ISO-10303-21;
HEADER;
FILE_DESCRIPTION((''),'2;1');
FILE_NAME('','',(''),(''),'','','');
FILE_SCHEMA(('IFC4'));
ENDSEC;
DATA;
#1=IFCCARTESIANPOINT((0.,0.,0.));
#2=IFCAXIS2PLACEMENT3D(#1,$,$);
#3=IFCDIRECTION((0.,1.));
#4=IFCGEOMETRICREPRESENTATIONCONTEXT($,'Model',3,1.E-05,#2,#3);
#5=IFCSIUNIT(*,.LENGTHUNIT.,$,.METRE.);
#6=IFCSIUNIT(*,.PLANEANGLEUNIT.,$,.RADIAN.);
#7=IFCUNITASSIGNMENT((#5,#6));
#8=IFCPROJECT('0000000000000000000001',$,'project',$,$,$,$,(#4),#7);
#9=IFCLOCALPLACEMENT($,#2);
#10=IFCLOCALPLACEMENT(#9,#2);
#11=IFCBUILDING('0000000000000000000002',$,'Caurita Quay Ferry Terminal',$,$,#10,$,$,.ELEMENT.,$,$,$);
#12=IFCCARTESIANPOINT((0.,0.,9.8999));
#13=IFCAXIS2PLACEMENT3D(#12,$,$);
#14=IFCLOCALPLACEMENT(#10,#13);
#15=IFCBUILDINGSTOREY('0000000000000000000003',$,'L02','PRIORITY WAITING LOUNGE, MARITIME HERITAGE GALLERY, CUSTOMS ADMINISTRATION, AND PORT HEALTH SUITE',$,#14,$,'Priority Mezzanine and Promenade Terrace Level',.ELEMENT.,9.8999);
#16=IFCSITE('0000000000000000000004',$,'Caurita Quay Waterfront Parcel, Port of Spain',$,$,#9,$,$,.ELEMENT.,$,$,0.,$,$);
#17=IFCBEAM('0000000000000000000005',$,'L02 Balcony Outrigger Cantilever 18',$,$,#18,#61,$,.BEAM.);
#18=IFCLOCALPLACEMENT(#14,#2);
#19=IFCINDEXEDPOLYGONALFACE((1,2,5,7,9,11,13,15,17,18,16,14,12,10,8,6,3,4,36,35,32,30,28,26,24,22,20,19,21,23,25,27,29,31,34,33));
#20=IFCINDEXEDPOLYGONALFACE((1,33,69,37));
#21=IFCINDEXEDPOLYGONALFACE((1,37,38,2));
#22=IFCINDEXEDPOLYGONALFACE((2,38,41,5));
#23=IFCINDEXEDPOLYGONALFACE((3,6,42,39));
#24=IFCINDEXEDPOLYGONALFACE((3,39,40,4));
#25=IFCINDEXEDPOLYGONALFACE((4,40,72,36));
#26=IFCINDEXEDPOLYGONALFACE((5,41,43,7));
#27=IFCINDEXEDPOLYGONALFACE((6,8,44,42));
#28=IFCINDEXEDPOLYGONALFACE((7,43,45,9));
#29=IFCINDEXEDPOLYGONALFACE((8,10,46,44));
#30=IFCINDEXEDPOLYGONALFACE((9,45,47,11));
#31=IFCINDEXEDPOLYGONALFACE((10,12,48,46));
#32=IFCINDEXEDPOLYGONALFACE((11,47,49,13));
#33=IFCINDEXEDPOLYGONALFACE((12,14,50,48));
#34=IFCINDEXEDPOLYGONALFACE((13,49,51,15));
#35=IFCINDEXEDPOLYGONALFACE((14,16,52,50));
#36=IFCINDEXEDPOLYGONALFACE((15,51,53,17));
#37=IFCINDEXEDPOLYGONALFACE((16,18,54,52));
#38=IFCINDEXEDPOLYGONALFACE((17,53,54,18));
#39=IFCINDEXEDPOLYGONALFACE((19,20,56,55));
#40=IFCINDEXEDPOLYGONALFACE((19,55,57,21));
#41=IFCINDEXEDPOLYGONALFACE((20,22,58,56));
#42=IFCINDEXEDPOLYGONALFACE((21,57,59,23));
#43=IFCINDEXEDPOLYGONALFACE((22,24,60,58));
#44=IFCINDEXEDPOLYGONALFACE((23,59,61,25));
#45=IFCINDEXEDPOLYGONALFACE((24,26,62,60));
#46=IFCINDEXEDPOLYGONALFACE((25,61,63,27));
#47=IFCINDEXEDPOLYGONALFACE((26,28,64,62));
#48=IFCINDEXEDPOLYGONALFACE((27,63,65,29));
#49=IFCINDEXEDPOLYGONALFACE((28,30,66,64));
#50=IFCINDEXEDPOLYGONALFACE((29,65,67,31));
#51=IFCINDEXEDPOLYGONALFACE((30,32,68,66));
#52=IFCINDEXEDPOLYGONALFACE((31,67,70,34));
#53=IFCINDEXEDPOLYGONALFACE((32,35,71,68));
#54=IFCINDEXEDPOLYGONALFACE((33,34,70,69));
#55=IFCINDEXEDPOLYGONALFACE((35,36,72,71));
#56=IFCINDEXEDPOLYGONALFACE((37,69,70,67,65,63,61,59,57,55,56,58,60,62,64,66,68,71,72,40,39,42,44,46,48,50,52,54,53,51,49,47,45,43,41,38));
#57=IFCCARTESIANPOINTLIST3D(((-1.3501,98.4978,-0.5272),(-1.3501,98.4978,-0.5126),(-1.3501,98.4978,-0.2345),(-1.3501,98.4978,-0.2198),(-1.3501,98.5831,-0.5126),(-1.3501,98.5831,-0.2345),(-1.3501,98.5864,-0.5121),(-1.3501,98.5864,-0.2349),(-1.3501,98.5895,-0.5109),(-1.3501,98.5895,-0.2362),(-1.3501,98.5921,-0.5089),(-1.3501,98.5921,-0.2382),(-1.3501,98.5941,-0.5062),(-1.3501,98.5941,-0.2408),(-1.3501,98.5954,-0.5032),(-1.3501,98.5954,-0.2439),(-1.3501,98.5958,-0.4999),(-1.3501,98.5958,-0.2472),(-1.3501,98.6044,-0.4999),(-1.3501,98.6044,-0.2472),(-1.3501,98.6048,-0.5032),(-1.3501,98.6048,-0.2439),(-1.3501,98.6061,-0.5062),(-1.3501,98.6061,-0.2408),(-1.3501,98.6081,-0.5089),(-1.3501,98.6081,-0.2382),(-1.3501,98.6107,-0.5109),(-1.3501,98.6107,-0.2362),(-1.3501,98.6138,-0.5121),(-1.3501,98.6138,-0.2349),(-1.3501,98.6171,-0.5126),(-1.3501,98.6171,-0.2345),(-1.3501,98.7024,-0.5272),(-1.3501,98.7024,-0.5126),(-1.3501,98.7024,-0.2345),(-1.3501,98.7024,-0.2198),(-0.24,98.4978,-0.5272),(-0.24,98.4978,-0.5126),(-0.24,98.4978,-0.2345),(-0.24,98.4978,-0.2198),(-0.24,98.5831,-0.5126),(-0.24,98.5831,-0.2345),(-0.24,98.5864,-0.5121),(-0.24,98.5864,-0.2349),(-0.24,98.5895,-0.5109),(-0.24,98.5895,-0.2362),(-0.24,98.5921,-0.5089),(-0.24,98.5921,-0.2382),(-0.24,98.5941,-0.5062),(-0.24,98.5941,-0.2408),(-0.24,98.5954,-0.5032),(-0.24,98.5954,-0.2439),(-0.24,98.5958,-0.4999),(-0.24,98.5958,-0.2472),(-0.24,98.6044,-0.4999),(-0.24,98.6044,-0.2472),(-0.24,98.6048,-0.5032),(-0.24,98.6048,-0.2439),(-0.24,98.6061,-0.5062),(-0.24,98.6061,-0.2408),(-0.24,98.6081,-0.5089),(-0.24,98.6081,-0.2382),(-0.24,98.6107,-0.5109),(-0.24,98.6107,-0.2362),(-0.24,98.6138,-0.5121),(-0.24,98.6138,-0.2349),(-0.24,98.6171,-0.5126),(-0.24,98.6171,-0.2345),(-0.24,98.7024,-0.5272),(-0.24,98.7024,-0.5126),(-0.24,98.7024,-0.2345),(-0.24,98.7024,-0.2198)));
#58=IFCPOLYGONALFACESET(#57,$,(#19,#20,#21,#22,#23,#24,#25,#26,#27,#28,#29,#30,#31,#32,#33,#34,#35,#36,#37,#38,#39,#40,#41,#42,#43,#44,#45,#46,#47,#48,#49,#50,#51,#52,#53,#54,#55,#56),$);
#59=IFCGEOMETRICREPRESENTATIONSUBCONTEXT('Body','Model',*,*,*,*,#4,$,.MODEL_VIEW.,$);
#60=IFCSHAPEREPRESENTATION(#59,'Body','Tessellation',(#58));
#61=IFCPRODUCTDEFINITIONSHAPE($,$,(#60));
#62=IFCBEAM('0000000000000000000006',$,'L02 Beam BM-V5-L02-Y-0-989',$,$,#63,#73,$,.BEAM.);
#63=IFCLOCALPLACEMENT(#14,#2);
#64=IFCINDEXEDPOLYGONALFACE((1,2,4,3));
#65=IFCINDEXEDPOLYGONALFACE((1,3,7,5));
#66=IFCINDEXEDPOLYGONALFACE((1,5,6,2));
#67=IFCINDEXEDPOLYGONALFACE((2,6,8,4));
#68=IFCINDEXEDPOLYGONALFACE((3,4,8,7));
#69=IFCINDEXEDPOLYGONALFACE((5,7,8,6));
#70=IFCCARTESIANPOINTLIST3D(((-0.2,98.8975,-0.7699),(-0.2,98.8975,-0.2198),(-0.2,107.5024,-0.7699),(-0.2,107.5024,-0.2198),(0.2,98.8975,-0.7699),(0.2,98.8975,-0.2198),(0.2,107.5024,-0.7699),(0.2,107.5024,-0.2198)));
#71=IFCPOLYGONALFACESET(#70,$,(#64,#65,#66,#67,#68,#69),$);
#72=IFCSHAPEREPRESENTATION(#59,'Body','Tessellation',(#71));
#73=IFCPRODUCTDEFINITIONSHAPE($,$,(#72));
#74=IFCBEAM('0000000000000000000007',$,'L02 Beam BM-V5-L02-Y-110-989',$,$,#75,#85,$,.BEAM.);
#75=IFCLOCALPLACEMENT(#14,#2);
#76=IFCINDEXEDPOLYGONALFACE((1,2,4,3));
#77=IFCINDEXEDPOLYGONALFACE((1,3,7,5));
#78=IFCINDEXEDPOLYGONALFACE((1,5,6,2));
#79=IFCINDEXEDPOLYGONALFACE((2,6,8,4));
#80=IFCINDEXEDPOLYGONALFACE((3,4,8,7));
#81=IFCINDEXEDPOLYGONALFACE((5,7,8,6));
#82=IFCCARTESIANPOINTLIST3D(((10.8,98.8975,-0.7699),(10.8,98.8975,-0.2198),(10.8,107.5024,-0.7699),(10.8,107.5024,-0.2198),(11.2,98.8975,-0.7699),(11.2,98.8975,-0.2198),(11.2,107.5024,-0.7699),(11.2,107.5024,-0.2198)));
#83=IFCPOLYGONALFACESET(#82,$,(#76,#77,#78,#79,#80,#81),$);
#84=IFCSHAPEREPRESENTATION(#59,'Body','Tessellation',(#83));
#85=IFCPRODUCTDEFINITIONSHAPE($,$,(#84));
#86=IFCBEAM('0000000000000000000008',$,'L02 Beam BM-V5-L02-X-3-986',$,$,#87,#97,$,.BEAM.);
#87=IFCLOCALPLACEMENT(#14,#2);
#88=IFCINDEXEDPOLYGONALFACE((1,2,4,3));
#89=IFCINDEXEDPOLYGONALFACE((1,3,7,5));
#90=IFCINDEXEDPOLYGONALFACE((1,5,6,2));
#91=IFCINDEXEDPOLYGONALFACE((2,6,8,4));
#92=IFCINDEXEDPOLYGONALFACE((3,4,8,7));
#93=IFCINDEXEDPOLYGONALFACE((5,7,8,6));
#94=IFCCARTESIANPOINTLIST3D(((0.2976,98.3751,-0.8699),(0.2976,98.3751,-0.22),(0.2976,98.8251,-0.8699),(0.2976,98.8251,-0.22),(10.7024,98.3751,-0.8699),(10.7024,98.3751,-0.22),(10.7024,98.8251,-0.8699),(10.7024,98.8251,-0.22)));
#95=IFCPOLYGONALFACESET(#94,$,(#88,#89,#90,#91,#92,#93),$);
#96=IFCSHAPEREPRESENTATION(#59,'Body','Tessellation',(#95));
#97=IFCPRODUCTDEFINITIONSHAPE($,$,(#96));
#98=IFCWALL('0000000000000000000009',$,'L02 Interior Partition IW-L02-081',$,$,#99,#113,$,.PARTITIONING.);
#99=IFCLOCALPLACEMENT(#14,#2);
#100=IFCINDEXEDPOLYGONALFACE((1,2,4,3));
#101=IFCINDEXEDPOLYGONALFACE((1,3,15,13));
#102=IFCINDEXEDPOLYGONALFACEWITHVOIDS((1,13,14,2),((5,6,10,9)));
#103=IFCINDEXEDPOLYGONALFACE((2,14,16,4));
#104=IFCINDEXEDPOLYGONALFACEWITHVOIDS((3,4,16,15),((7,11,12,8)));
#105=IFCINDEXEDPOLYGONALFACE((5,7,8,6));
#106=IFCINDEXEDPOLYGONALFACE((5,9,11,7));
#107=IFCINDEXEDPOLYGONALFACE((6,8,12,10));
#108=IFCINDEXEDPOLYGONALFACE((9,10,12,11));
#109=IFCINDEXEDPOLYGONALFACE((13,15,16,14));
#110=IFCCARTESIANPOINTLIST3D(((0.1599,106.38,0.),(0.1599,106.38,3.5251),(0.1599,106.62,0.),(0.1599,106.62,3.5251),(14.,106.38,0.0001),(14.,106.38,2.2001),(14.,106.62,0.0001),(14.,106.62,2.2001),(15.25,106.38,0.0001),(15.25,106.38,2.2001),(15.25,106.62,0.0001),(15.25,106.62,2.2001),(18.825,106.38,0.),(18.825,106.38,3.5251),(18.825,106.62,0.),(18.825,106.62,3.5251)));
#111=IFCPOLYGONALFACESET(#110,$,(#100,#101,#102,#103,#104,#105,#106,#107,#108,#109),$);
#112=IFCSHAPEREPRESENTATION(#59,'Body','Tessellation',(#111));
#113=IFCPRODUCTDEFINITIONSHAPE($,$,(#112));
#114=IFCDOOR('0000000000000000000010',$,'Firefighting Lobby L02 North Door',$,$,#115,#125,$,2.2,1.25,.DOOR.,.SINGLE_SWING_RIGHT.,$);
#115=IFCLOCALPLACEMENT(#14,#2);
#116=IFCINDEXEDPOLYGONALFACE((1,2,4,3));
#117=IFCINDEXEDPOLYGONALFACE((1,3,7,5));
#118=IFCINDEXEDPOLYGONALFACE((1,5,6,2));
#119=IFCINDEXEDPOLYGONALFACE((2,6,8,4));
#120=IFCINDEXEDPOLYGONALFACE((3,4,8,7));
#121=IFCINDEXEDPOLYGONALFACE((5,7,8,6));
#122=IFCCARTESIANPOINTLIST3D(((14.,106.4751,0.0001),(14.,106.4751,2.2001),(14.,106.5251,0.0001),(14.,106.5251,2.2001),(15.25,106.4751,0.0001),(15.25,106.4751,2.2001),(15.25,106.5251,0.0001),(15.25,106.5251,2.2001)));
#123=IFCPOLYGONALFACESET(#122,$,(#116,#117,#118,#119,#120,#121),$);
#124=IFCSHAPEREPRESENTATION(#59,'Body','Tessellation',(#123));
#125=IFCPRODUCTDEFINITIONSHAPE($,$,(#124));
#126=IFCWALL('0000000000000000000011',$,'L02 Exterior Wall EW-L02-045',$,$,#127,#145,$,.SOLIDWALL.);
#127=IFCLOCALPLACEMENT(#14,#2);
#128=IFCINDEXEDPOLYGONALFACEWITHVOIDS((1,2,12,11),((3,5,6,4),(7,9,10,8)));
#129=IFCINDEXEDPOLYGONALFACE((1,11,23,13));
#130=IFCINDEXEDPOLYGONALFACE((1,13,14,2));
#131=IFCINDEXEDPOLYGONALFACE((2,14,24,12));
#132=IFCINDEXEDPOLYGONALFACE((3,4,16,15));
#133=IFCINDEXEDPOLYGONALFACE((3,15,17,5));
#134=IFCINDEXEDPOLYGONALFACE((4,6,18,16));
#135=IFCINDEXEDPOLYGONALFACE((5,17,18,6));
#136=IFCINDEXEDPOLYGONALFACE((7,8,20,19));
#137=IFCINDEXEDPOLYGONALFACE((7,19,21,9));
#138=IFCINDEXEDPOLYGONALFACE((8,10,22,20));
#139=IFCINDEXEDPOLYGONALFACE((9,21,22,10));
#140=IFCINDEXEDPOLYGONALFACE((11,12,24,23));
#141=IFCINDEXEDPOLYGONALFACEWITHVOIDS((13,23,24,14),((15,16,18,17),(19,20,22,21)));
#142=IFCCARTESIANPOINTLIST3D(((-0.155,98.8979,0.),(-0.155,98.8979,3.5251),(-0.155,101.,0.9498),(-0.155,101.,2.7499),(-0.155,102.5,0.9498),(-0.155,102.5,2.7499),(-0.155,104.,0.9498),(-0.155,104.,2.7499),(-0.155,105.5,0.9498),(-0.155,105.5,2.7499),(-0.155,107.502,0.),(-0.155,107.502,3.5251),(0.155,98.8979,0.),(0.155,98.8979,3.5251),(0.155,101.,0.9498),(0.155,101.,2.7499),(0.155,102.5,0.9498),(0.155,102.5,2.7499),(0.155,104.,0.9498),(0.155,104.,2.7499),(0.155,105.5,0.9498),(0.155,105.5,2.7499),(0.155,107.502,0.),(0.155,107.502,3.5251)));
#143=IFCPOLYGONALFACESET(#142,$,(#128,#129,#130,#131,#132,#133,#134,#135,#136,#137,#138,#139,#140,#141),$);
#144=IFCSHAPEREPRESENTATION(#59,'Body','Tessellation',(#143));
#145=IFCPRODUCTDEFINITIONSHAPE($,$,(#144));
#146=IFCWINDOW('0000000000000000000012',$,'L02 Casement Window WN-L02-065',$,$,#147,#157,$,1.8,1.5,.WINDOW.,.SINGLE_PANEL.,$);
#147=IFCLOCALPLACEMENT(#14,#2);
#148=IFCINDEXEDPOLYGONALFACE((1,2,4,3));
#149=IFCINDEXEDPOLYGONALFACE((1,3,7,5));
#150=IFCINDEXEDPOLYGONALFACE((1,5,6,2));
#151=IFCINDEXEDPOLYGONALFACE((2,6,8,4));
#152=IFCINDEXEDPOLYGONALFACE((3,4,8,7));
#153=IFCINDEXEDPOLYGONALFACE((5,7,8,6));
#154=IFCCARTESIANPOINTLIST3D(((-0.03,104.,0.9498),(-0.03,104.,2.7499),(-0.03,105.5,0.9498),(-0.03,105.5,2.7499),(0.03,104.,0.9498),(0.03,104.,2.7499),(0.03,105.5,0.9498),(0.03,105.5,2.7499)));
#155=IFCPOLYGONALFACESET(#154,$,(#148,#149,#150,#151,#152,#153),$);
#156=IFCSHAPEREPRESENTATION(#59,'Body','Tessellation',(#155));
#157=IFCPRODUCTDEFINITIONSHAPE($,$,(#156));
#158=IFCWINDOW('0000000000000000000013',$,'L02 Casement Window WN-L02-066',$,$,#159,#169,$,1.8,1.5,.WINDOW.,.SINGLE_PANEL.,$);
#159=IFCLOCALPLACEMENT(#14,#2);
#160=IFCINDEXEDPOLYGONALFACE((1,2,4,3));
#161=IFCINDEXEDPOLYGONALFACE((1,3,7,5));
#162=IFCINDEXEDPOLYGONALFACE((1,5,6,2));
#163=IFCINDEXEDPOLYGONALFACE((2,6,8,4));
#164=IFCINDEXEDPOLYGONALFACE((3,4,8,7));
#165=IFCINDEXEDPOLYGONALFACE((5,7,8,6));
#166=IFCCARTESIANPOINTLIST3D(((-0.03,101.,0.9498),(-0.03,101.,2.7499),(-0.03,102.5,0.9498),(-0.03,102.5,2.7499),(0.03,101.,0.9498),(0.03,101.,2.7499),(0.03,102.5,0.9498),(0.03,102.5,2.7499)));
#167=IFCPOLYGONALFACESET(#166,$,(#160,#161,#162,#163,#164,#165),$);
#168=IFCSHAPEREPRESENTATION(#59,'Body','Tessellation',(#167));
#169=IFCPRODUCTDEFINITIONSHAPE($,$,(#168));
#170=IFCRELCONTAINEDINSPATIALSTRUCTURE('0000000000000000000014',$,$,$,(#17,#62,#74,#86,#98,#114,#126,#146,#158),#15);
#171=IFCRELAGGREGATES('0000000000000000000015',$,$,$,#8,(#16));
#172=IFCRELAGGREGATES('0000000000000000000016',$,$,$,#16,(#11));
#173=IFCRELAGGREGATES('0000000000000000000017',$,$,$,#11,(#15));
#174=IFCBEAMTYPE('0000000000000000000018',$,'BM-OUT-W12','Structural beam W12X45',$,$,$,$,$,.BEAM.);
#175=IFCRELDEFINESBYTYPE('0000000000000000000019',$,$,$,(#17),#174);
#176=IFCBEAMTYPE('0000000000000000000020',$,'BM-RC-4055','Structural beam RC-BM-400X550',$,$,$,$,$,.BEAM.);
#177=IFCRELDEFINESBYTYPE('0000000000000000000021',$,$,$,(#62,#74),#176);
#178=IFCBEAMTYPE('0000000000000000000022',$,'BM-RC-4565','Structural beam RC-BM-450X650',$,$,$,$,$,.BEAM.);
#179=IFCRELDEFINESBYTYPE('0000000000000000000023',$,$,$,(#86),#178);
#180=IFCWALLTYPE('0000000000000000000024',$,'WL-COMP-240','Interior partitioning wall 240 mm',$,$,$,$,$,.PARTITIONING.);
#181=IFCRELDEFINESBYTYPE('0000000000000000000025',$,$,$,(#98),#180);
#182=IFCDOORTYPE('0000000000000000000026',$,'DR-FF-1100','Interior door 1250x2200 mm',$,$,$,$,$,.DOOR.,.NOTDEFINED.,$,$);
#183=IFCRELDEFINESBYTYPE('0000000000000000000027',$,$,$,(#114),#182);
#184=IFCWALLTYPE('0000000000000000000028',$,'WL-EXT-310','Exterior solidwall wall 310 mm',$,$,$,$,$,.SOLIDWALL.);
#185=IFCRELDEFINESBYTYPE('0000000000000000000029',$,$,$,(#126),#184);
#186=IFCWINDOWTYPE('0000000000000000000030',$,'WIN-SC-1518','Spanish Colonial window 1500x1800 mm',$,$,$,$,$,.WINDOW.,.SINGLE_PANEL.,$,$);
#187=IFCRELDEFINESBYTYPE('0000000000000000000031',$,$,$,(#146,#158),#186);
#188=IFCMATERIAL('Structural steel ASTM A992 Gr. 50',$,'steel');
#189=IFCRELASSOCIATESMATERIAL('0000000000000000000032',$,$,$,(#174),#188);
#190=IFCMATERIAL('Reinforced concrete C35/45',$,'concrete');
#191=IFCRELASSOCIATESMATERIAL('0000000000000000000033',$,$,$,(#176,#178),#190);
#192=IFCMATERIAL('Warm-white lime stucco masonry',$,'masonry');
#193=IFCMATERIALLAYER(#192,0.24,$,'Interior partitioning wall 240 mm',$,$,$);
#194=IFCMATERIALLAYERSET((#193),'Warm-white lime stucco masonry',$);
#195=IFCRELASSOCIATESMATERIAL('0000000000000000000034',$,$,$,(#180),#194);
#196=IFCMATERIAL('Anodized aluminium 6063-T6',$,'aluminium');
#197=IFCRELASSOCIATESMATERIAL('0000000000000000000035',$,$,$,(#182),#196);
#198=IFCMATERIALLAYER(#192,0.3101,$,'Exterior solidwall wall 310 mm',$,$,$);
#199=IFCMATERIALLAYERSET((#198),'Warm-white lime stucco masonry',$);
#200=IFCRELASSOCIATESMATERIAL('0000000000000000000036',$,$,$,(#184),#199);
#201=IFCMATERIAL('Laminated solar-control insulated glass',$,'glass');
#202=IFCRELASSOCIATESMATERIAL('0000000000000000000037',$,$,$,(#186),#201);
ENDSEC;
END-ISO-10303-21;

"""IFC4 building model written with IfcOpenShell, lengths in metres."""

from ifc_helpers import new_model, si_unit, direction, frame, frame_2d, origin, origin_2d, place, context, subcontext, project, spatial, rectangle, i_section, extrude, material, layer, layer_set, material_profile, profile_set, type_object, element, fill, save


model = new_model("IFC4")

# Units and contexts
model_context = context("Model", 3, precision=1e-05, world=origin(), true_north=direction((0.0, 1.0)))
body_context = subcontext(model_context, "Body", "Model", "MODEL_VIEW")
ifc_project = project(units=[si_unit("LENGTHUNIT", "METRE"), si_unit("PLANEANGLEUNIT", "RADIAN")], contexts=[model_context])

# Site, building, storey
site_placement = place(None, origin())
site = spatial("IfcSite", under=ifc_project, at=site_placement, Name="Caurita Quay Waterfront Parcel, Port of Spain", CompositionType="ELEMENT", RefElevation=0.0)
building_placement = place(site_placement, origin())
building = spatial("IfcBuilding", under=site, at=building_placement, Name="Caurita Quay Ferry Terminal", CompositionType="ELEMENT")
storey_placement = place(building_placement, frame((0.0, 0.0, 9.8999)))
storey = spatial("IfcBuildingStorey", under=building, at=storey_placement, Name="L02", Description="PRIORITY WAITING LOUNGE, MARITIME HERITAGE GALLERY, CUSTOMS ADMINISTRATION, AND PORT HEALTH SUITE", LongName="Priority Mezzanine and Promenade Terrace Level", CompositionType="ELEMENT", Elevation=9.8999)

# Shared definitions
ifc_material_1 = material(Name="Reinforced concrete C35/45", Category="concrete")

# Beams
ifc_material_2 = material(Name="Structural steel ASTM A992 Gr. 50", Category="steel")
ifc_material_profile_1 = material_profile(ifc_material_2, i_section(OverallWidth=0.2046, OverallDepth=0.3074, WebThickness=0.0085, FlangeThickness=0.0146, FilletRadius=0.0127, at=origin_2d()), Name="W12X45")
ifc_profile_set_1 = profile_set([ifc_material_profile_1], Name="Structural steel ASTM A992 Gr. 50")
beam_type_1 = type_object("IfcBeamType", Name="BM-OUT-W12", Description="Structural beam W12X45", PredefinedType="BEAM", material=ifc_profile_set_1)
beam_1_placement = place(storey_placement, frame((-0.24, 98.6001, -0.3735), z_axis=(-1.0, 0.0, 0.0), x_axis=(0.0, -1.0, 0.0)))
element("IfcBeam", 1, at=beam_1_placement, inside=storey, type_object=beam_type_1, Name="L02 Balcony Outrigger Cantilever 18", PredefinedType="BEAM", context=body_context, shape_type="SweptSolid", body=[
    extrude(i_section(OverallWidth=0.2046, OverallDepth=0.3074, WebThickness=0.0085, FlangeThickness=0.0146, FilletRadius=0.0127, at=origin_2d()), origin(), (0.0, 0.0, 1.0), 1.1101),
])
ifc_material_profile_2 = material_profile(ifc_material_1, rectangle(XDim=0.3999, YDim=0.55, at=origin_2d()), Name="RC-BM-400X550")
ifc_profile_set_2 = profile_set([ifc_material_profile_2], Name="Reinforced concrete C35/45")
beam_type_2 = type_object("IfcBeamType", Name="BM-RC-4055", Description="Structural beam RC-BM-400X550", PredefinedType="BEAM", material=ifc_profile_set_2)
for number, where, z_axis, x_axis, name in (
    (2, (0.0, 98.8975, -0.4949), (0.0, 1.0, 0.0), (-1.0, 0.0, 0.0), "L02 Beam BM-V5-L02-Y-0-989"),
    (3, (11.0, 98.8975, -0.4949), (0.0, 1.0, 0.0), (-1.0, 0.0, 0.0), "L02 Beam BM-V5-L02-Y-110-989"),
):
    element("IfcBeam", number, at=place(storey_placement, frame(where, z_axis=z_axis, x_axis=x_axis)), inside=storey, type_object=beam_type_2, Name=name, PredefinedType="BEAM", context=body_context, shape_type="SweptSolid", body=[
        extrude(rectangle(XDim=0.3999, YDim=0.55, at=origin_2d()), origin(), (0.0, 0.0, 1.0), 8.605),
    ])
ifc_material_profile_3 = material_profile(ifc_material_1, rectangle(XDim=0.45, YDim=0.6499, at=origin_2d()), Name="RC-BM-450X650")
ifc_profile_set_3 = profile_set([ifc_material_profile_3], Name="Reinforced concrete C35/45")
beam_type_3 = type_object("IfcBeamType", Name="BM-RC-4565", Description="Structural beam RC-BM-450X650", PredefinedType="BEAM", material=ifc_profile_set_3)
beam_2_placement = place(storey_placement, frame((0.2976, 98.6001, -0.5449), z_axis=(1.0, 0.0, 0.0), x_axis=(0.0, 1.0, 0.0)))
element("IfcBeam", 4, at=beam_2_placement, inside=storey, type_object=beam_type_3, Name="L02 Beam BM-V5-L02-X-3-986", PredefinedType="BEAM", context=body_context, shape_type="SweptSolid", body=[
    extrude(rectangle(XDim=0.45, YDim=0.6499, at=origin_2d()), origin(), (0.0, 0.0, 1.0), 10.4048),
])

# Wall, opening, door
ifc_material_3 = material(Name="Warm-white lime stucco masonry", Category="masonry")
ifc_layer_1 = layer(ifc_material_3, 0.24, Name="Interior partitioning wall 240 mm")
ifc_layer_set_1 = layer_set([ifc_layer_1], Name="Warm-white lime stucco masonry")
wall_type_1 = type_object("IfcWallType", Name="WL-COMP-240", Description="Interior partitioning wall 240 mm", PredefinedType="PARTITIONING", material=ifc_layer_set_1)
wall_1_placement = place(storey_placement, frame((0.1599, 106.5, 0.0), z_axis=(0.0, 0.0, 1.0), x_axis=(1.0, 0.0, 0.0)))
wall_1 = element("IfcWall", 5, at=wall_1_placement, inside=storey, type_object=wall_type_1, Name="L02 Interior Partition IW-L02-081", PredefinedType="PARTITIONING", context=body_context, shape_type="SweptSolid", body=[
    extrude(rectangle(XDim=18.665, YDim=0.24, at=frame_2d((9.3325, 0.0))), origin(), (0.0, 0.0, 1.0), 3.5251),
])
opening_1_placement = place(wall_1_placement, frame((13.8401, 0.0, 0.0)))
opening_1 = element("IfcOpeningElement", 6, at=opening_1_placement, cuts=wall_1, PredefinedType="OPENING", context=body_context, shape_type="SweptSolid", body=[
    extrude(rectangle(XDim=1.25, YDim=2.2, at=frame_2d((0.625, 1.1001))), frame((0.0, 0.1299, 0.0), z_axis=(0.0, -1.0, 0.0), x_axis=(1.0, 0.0, 0.0)), (0.0, 0.0, 1.0), 0.26),
])
ifc_material_4 = material(Name="Anodized aluminium 6063-T6", Category="aluminium")
door_type = type_object("IfcDoorType", Name="DR-FF-1100", Description="Interior door 1250x2200 mm", OperationType="NOTDEFINED", PredefinedType="DOOR", material=ifc_material_4)
door_placement = place(opening_1_placement, frame((1.25, 0.0, 0.0), z_axis=(0.0, 0.0, 1.0), x_axis=(-1.0, 0.0, 0.0)))
door = element("IfcDoor", 7, at=door_placement, inside=storey, type_object=door_type, Name="Firefighting Lobby L02 North Door", OperationType="SINGLE_SWING_RIGHT", OverallHeight=2.2, OverallWidth=1.25, PredefinedType="DOOR", context=body_context, shape_type="SweptSolid", body=[
    extrude(rectangle(XDim=1.25, YDim=2.2, at=frame_2d((0.625, 1.1001))), frame((0.0, 0.0249, 0.0), z_axis=(0.0, -1.0, 0.0), x_axis=(1.0, 0.0, 0.0)), (0.0, 0.0, 1.0), 0.05),
])
fill(opening_1, door)

# Wall, openings, windows
ifc_layer_2 = layer(ifc_material_3, 0.3101, Name="Exterior solidwall wall 310 mm")
ifc_layer_set_2 = layer_set([ifc_layer_2], Name="Warm-white lime stucco masonry")
wall_type_2 = type_object("IfcWallType", Name="WL-EXT-310", Description="Exterior solidwall wall 310 mm", PredefinedType="SOLIDWALL", material=ifc_layer_set_2)
wall_2_placement = place(storey_placement, frame((0.0, 107.502, 0.0), z_axis=(0.0, 0.0, 1.0), x_axis=(0.0, -1.0, 0.0)))
wall_2 = element("IfcWall", 8, at=wall_2_placement, inside=storey, type_object=wall_type_2, Name="L02 Exterior Wall EW-L02-045", PredefinedType="SOLIDWALL", context=body_context, shape_type="SweptSolid", body=[
    extrude(rectangle(XDim=8.604, YDim=0.3101, at=frame_2d((4.302, 0.0))), origin(), (0.0, 0.0, 1.0), 3.5251),
])
opening_2_placement = place(wall_2_placement, frame((2.002, 0.0, 0.95)))
opening_2 = element("IfcOpeningElement", 9, at=opening_2_placement, cuts=wall_2, PredefinedType="OPENING", context=body_context, shape_type="SweptSolid", body=[
    extrude(rectangle(XDim=1.5, YDim=1.8, at=frame_2d((0.75, 0.8999))), frame((0.0, 0.165, 0.0), z_axis=(0.0, -1.0, 0.0), x_axis=(1.0, 0.0, 0.0)), (0.0, 0.0, 1.0), 0.3301),
])
opening_3_placement = place(wall_2_placement, frame((5.002, 0.0, 0.95)))
opening_3 = element("IfcOpeningElement", 10, at=opening_3_placement, cuts=wall_2, PredefinedType="OPENING", context=body_context, shape_type="SweptSolid", body=[
    extrude(rectangle(XDim=1.5, YDim=1.8, at=frame_2d((0.75, 0.8999))), frame((0.0, 0.165, 0.0), z_axis=(0.0, -1.0, 0.0), x_axis=(1.0, 0.0, 0.0)), (0.0, 0.0, 1.0), 0.3301),
])
ifc_material_5 = material(Name="Laminated solar-control insulated glass", Category="glass")
window_type = type_object("IfcWindowType", Name="WIN-SC-1518", Description="Spanish Colonial window 1500x1800 mm", PartitioningType="SINGLE_PANEL", PredefinedType="WINDOW", material=ifc_material_5)
window_1_placement = place(opening_2_placement, origin())
window_1 = element("IfcWindow", 11, at=window_1_placement, inside=storey, type_object=window_type, Name="L02 Casement Window WN-L02-065", OverallHeight=1.8, OverallWidth=1.5, PartitioningType="SINGLE_PANEL", PredefinedType="WINDOW", context=body_context, shape_type="SweptSolid", body=[
    extrude(rectangle(XDim=1.5, YDim=1.8, at=frame_2d((0.75, 0.8999))), frame((0.0, 0.03, 0.0), z_axis=(0.0, -1.0, 0.0), x_axis=(1.0, 0.0, 0.0)), (0.0, 0.0, 1.0), 0.0601),
])
fill(opening_2, window_1)
window_2_placement = place(opening_3_placement, origin())
window_2 = element("IfcWindow", 12, at=window_2_placement, inside=storey, type_object=window_type, Name="L02 Casement Window WN-L02-066", OverallHeight=1.8, OverallWidth=1.5, PartitioningType="SINGLE_PANEL", PredefinedType="WINDOW", context=body_context, shape_type="SweptSolid", body=[
    extrude(rectangle(XDim=1.5, YDim=1.8, at=frame_2d((0.75, 0.8999))), frame((0.0, 0.03, 0.0), z_axis=(0.0, -1.0, 0.0), x_axis=(1.0, 0.0, 0.0)), (0.0, 0.0, 1.0), 0.0601),
])
fill(opening_3, window_2)

save(model, "model.ifc")
